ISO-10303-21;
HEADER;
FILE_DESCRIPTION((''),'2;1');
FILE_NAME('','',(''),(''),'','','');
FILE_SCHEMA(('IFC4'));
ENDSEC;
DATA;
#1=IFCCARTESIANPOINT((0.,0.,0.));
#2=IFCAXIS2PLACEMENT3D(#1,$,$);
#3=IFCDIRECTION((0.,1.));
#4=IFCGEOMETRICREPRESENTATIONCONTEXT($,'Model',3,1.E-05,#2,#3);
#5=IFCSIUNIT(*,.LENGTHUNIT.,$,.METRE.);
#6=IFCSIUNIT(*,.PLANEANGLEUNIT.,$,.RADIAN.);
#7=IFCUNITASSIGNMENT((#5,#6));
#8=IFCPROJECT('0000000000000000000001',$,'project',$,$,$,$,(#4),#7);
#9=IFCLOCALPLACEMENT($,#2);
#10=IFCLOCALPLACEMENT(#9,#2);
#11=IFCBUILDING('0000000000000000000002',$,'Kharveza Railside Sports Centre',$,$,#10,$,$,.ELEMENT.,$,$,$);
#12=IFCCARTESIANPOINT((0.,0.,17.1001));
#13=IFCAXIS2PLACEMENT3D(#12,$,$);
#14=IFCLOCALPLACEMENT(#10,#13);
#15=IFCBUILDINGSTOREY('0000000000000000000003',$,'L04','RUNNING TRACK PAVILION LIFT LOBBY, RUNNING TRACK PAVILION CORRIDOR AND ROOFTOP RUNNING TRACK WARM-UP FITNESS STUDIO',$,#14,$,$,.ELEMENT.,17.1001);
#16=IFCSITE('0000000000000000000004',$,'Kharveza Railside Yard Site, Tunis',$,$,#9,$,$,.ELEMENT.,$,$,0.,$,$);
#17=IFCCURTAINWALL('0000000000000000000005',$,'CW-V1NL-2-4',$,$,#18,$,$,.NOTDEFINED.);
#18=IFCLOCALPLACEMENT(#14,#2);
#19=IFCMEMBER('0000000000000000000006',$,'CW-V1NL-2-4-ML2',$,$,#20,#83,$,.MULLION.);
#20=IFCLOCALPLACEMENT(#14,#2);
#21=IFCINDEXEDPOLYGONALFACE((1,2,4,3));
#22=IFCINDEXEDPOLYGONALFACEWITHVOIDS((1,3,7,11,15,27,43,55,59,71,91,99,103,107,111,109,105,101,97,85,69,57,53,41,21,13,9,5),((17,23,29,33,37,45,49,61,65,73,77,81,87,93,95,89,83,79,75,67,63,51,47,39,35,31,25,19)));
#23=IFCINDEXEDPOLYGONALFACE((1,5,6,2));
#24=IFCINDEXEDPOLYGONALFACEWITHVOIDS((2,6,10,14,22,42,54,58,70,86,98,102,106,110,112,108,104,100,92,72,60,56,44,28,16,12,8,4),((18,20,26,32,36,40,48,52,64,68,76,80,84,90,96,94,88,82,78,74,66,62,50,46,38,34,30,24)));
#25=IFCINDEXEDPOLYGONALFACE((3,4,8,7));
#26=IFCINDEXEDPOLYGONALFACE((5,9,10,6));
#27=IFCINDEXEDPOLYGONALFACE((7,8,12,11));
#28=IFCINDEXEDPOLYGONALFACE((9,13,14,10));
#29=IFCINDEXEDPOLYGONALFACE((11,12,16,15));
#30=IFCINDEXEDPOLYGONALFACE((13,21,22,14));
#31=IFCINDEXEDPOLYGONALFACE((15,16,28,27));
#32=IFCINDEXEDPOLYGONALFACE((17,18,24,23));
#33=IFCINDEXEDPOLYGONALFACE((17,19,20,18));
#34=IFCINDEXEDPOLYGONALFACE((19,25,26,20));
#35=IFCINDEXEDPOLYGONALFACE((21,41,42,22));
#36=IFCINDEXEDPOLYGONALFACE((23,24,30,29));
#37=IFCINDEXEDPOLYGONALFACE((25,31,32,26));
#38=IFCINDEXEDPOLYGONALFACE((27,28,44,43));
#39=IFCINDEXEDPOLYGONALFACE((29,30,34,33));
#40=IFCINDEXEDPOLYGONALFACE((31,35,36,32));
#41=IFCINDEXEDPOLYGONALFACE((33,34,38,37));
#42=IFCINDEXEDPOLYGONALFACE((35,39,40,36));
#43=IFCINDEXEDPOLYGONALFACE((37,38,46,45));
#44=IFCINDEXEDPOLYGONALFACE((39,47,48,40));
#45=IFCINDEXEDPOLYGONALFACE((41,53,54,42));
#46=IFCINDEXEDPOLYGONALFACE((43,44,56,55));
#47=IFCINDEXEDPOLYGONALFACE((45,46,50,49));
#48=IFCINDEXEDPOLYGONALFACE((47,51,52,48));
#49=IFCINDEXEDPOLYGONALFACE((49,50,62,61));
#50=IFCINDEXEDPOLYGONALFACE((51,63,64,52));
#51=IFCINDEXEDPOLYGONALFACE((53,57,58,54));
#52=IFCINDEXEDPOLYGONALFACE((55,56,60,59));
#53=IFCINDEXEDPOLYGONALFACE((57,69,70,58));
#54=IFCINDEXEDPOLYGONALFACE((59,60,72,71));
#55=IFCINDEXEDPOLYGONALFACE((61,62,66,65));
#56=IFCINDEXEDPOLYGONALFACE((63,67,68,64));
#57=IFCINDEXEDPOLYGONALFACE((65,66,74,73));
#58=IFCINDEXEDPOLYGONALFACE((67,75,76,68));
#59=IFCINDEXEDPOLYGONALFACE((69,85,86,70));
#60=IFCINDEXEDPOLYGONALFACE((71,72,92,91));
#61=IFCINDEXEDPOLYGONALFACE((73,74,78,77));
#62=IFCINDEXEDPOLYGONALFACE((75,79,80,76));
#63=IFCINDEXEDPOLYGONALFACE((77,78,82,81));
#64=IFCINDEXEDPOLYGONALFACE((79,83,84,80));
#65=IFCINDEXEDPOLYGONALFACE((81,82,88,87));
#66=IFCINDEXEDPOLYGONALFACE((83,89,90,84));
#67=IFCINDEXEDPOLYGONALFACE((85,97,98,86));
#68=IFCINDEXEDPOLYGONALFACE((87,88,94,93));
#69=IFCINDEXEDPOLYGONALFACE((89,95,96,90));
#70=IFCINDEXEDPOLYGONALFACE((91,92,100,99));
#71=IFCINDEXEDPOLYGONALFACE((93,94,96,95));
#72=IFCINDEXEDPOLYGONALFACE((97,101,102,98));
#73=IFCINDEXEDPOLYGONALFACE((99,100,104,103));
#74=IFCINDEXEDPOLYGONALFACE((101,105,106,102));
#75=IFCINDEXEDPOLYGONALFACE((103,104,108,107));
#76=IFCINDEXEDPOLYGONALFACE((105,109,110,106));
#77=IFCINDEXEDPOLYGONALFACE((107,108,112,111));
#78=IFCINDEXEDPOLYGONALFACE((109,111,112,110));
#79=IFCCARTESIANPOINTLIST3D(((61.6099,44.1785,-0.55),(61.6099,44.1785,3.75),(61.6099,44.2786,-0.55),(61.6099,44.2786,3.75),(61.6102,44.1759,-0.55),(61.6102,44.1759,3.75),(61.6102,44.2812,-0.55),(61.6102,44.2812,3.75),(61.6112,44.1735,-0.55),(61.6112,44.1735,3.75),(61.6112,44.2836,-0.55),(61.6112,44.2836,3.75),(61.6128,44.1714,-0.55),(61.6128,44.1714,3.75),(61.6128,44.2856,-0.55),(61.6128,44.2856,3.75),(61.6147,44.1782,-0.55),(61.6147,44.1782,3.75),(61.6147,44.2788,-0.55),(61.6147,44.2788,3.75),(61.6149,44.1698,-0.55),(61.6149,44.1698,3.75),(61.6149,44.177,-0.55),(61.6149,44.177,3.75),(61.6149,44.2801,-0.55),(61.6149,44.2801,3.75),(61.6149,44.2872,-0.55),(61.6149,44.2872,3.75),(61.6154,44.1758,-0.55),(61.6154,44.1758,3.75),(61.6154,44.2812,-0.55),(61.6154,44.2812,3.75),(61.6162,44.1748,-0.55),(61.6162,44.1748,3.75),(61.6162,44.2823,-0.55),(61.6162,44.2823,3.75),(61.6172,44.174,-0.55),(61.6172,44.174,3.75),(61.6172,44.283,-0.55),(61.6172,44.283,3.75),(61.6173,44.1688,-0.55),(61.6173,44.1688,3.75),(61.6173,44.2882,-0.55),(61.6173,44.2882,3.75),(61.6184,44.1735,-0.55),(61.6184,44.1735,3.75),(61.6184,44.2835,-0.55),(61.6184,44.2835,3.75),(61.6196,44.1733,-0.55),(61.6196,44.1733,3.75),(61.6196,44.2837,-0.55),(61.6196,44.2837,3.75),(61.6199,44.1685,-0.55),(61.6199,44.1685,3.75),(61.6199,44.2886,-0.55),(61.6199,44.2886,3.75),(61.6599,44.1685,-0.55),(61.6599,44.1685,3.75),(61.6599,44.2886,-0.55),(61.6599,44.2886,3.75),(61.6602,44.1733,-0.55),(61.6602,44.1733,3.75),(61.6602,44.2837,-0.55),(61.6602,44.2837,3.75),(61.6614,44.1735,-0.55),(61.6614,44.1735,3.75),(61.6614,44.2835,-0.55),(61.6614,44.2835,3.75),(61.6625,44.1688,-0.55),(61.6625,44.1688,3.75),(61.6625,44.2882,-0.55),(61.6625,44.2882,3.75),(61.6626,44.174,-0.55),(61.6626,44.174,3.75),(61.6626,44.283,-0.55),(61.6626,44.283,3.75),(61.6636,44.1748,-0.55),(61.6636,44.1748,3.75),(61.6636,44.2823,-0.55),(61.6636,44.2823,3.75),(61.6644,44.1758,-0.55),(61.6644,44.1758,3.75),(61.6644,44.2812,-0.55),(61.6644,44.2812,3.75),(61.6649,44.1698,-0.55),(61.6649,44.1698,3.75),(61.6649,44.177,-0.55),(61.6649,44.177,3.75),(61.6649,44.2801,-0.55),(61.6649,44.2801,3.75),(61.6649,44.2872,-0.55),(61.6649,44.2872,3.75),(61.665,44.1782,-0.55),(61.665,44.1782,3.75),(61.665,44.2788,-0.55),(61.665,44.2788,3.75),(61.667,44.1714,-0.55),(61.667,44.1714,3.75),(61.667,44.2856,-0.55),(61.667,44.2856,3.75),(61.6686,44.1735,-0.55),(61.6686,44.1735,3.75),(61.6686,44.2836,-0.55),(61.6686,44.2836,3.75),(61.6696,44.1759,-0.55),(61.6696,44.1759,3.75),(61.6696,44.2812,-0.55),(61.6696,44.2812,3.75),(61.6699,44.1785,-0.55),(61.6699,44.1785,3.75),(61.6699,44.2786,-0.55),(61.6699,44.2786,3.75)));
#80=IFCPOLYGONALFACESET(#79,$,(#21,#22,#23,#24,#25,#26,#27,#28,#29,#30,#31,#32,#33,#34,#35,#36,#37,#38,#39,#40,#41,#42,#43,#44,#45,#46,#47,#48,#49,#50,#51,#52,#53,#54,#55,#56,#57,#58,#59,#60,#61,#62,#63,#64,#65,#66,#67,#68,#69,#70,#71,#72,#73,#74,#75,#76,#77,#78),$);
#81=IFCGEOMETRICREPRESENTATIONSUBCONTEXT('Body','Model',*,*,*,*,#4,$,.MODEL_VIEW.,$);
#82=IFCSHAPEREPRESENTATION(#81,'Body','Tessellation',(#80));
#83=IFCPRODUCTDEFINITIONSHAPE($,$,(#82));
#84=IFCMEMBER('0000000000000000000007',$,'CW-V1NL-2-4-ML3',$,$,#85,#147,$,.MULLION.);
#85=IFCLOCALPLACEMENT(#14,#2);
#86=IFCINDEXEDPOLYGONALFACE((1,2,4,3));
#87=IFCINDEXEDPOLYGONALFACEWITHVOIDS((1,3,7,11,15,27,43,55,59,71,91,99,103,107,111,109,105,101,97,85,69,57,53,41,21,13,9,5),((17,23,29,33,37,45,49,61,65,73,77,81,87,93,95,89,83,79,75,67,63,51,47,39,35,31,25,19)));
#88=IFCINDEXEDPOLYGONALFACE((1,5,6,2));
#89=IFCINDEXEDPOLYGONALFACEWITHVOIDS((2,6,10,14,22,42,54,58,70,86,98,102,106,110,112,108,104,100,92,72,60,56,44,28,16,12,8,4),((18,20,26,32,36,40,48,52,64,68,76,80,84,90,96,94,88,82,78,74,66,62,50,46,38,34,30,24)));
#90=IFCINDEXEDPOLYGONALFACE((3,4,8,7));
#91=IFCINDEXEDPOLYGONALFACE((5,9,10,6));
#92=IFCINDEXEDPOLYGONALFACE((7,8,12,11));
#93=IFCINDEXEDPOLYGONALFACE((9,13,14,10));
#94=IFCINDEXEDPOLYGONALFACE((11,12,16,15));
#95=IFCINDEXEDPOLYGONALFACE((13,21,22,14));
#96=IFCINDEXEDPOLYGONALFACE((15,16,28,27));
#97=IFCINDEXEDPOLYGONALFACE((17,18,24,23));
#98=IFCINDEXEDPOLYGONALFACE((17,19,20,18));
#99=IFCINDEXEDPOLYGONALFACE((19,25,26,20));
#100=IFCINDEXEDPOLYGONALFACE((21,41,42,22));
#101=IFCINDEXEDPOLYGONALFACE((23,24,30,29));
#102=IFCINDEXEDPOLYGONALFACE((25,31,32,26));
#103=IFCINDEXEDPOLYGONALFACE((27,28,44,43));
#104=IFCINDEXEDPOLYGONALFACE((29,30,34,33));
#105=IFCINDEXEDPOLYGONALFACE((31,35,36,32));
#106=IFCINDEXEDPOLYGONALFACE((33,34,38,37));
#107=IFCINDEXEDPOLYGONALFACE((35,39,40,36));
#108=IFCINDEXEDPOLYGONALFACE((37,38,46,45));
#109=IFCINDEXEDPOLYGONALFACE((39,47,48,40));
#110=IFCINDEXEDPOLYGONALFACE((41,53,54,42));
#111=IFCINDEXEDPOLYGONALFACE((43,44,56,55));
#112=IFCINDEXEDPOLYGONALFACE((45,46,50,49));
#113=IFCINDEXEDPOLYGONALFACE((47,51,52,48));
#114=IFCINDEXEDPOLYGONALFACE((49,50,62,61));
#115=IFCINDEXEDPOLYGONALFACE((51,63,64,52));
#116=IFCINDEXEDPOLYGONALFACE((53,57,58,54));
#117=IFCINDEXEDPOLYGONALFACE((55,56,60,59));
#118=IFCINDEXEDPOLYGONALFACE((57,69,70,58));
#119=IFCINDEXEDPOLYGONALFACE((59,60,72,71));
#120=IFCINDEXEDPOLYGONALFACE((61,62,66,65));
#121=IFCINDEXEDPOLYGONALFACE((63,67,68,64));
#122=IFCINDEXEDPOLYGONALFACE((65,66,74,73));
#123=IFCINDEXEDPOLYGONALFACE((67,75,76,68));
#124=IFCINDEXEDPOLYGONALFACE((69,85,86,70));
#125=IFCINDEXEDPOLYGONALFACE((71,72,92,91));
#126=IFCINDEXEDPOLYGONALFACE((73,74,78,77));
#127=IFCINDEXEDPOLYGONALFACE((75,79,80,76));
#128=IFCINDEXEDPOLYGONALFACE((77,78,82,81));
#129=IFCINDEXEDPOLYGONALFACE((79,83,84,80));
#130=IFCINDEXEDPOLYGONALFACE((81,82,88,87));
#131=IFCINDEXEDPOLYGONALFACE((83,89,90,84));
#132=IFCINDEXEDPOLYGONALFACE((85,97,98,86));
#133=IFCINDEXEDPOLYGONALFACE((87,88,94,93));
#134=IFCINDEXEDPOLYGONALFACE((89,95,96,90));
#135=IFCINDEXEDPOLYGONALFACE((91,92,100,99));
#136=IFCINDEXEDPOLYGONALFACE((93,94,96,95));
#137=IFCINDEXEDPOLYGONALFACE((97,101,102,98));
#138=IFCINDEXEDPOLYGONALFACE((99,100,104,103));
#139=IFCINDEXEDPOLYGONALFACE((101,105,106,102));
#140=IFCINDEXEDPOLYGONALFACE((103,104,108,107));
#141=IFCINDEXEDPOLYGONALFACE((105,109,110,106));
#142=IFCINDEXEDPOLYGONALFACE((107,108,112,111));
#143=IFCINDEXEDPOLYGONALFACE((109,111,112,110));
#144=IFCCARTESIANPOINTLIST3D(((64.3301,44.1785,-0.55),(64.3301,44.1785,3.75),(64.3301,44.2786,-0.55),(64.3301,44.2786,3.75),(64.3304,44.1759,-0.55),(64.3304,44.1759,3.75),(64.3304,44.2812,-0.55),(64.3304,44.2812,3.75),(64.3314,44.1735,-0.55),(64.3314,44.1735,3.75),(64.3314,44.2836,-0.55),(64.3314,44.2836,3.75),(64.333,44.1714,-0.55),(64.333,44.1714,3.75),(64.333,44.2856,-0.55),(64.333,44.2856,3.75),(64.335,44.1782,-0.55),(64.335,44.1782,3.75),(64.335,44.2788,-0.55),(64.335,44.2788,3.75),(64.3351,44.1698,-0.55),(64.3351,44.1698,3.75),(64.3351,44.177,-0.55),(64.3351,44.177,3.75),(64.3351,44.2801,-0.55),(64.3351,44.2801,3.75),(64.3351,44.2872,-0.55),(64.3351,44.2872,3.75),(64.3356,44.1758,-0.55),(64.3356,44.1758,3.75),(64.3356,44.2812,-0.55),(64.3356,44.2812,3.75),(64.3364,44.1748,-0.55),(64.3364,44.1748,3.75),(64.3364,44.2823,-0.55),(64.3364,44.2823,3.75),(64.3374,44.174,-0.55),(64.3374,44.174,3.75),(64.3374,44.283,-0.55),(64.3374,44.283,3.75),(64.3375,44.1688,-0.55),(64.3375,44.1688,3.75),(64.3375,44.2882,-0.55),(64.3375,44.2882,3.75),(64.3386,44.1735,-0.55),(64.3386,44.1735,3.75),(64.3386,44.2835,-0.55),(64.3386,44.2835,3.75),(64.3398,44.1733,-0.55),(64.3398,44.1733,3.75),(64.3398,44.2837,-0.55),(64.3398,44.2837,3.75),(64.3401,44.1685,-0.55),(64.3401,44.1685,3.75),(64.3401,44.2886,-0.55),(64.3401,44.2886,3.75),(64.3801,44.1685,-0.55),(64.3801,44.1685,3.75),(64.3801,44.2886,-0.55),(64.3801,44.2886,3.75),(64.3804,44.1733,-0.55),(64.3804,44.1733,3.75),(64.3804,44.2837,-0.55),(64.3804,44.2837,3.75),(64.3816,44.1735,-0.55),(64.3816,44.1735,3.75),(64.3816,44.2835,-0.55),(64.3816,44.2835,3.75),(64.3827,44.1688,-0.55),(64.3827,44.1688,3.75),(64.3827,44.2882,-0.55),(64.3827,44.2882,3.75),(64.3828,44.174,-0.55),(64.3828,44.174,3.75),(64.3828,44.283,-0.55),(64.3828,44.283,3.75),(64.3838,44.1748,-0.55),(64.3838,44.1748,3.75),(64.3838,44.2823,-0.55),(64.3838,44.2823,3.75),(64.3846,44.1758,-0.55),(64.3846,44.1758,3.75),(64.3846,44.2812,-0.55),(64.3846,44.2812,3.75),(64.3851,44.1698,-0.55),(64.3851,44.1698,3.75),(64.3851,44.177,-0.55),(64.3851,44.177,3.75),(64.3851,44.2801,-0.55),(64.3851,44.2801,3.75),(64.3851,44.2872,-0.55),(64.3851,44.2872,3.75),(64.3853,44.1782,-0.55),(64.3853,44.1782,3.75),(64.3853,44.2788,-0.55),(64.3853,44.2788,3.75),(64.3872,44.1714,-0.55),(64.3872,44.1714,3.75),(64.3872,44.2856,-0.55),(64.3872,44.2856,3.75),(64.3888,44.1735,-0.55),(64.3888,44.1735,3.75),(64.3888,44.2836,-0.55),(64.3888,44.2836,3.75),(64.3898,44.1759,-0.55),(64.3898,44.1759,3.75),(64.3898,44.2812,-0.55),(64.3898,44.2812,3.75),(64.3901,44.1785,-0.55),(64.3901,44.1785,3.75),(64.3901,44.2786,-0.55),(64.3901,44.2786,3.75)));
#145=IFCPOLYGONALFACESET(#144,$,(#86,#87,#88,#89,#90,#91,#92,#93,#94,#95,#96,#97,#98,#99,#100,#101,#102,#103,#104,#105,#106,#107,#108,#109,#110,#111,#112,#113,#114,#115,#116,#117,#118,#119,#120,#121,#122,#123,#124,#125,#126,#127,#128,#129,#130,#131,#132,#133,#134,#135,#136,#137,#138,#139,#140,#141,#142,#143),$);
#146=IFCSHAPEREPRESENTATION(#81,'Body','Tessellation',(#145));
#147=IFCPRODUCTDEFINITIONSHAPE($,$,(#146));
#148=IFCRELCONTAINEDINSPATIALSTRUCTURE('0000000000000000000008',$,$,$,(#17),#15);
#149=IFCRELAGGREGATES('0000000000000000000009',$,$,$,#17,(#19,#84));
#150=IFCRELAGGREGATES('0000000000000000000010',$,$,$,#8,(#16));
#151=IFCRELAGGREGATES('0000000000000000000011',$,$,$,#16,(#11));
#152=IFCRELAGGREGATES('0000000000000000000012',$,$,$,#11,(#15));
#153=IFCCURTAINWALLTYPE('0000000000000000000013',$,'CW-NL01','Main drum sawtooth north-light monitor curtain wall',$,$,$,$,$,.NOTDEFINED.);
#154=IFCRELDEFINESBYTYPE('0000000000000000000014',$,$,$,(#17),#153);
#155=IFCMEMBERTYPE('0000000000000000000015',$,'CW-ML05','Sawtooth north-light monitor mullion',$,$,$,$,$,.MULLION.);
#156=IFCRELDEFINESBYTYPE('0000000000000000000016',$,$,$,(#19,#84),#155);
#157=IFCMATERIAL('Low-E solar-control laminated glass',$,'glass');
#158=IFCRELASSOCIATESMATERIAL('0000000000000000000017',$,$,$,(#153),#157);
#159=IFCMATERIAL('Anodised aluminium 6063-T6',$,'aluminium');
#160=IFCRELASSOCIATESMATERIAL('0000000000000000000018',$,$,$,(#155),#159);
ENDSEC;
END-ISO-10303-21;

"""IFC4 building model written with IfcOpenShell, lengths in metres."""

from ifc_helpers import new_model, si_unit, direction, frame, origin, origin_2d, place, context, subcontext, project, spatial, hollow_rectangle, extrude, material, material_profile, profile_set, type_object, element, aggregate, save


model = new_model("IFC4")

# Units and contexts
model_context = context("Model", 3, precision=1e-05, world=origin(), true_north=direction((0.0, 1.0)))
body_context = subcontext(model_context, "Body", "Model", "MODEL_VIEW")
ifc_project = project(units=[si_unit("LENGTHUNIT", "METRE"), si_unit("PLANEANGLEUNIT", "RADIAN")], contexts=[model_context])

# Site, building, storey
site_placement = place(None, origin())
site = spatial("IfcSite", under=ifc_project, at=site_placement, Name="Kharveza Railside Yard Site, Tunis", CompositionType="ELEMENT", RefElevation=0.0)
building_placement = place(site_placement, origin())
building = spatial("IfcBuilding", under=site, at=building_placement, Name="Kharveza Railside Sports Centre", CompositionType="ELEMENT")
storey_placement = place(building_placement, frame((0.0, 0.0, 17.1001)))
storey = spatial("IfcBuildingStorey", under=building, at=storey_placement, Name="L04", Description="RUNNING TRACK PAVILION LIFT LOBBY, RUNNING TRACK PAVILION CORRIDOR AND ROOFTOP RUNNING TRACK WARM-UP FITNESS STUDIO", CompositionType="ELEMENT", Elevation=17.1001)

# Curtain wall, members
ifc_material_1 = material(Name="Low-E solar-control laminated glass", Category="glass")
curtain_wall_type = type_object("IfcCurtainWallType", Name="CW-NL01", Description="Main drum sawtooth north-light monitor curtain wall", PredefinedType="NOTDEFINED", material=ifc_material_1)
curtain_wall_1_placement = place(storey_placement, origin())
curtain_wall_1 = element("IfcCurtainWall", 1, at=curtain_wall_1_placement, inside=storey, type_object=curtain_wall_type, Name="CW-V1NL-2-4", PredefinedType="NOTDEFINED")
ifc_material_2 = material(Name="Anodised aluminium 6063-T6", Category="aluminium")
ifc_material_profile_1 = material_profile(ifc_material_2, hollow_rectangle(XDim=0.0601, YDim=0.1201, WallThickness=0.0049, InnerFilletRadius=0.0049, OuterFilletRadius=0.01, at=origin_2d()), Name="RHS 60x120x5.0")
ifc_profile_set_1 = profile_set([ifc_material_profile_1], Name="Anodised aluminium 6063-T6")
member_type_1 = type_object("IfcMemberType", Name="CW-ML05", Description="Sawtooth north-light monitor mullion", PredefinedType="MULLION", material=ifc_profile_set_1)
member_1_placement = place(storey_placement, frame((61.6399, 44.2285, -0.55), z_axis=(0.0, 0.0, 1.0), x_axis=(1.0, 0.0, 0.0)))
member_1 = element("IfcMember", 2, at=member_1_placement, type_object=member_type_1, Name="CW-V1NL-2-4-ML2", PredefinedType="MULLION", context=body_context, shape_type="SweptSolid", body=[
    extrude(hollow_rectangle(XDim=0.0601, YDim=0.1201, WallThickness=0.0049, InnerFilletRadius=0.0049, OuterFilletRadius=0.01, at=origin_2d()), origin(), (0.0, 0.0, 1.0), 4.3),
])
member_2_placement = place(storey_placement, frame((64.3601, 44.2285, -0.55), z_axis=(0.0, 0.0, 1.0), x_axis=(1.0, 0.0, 0.0)))
member_2 = element("IfcMember", 3, at=member_2_placement, type_object=member_type_1, Name="CW-V1NL-2-4-ML3", PredefinedType="MULLION", context=body_context, shape_type="SweptSolid", body=[
    extrude(hollow_rectangle(XDim=0.0601, YDim=0.1201, WallThickness=0.0049, InnerFilletRadius=0.0049, OuterFilletRadius=0.01, at=origin_2d()), origin(), (0.0, 0.0, 1.0), 4.3),
])

aggregate(curtain_wall_1, [member_1, member_2])

save(model, "model.ifc")
